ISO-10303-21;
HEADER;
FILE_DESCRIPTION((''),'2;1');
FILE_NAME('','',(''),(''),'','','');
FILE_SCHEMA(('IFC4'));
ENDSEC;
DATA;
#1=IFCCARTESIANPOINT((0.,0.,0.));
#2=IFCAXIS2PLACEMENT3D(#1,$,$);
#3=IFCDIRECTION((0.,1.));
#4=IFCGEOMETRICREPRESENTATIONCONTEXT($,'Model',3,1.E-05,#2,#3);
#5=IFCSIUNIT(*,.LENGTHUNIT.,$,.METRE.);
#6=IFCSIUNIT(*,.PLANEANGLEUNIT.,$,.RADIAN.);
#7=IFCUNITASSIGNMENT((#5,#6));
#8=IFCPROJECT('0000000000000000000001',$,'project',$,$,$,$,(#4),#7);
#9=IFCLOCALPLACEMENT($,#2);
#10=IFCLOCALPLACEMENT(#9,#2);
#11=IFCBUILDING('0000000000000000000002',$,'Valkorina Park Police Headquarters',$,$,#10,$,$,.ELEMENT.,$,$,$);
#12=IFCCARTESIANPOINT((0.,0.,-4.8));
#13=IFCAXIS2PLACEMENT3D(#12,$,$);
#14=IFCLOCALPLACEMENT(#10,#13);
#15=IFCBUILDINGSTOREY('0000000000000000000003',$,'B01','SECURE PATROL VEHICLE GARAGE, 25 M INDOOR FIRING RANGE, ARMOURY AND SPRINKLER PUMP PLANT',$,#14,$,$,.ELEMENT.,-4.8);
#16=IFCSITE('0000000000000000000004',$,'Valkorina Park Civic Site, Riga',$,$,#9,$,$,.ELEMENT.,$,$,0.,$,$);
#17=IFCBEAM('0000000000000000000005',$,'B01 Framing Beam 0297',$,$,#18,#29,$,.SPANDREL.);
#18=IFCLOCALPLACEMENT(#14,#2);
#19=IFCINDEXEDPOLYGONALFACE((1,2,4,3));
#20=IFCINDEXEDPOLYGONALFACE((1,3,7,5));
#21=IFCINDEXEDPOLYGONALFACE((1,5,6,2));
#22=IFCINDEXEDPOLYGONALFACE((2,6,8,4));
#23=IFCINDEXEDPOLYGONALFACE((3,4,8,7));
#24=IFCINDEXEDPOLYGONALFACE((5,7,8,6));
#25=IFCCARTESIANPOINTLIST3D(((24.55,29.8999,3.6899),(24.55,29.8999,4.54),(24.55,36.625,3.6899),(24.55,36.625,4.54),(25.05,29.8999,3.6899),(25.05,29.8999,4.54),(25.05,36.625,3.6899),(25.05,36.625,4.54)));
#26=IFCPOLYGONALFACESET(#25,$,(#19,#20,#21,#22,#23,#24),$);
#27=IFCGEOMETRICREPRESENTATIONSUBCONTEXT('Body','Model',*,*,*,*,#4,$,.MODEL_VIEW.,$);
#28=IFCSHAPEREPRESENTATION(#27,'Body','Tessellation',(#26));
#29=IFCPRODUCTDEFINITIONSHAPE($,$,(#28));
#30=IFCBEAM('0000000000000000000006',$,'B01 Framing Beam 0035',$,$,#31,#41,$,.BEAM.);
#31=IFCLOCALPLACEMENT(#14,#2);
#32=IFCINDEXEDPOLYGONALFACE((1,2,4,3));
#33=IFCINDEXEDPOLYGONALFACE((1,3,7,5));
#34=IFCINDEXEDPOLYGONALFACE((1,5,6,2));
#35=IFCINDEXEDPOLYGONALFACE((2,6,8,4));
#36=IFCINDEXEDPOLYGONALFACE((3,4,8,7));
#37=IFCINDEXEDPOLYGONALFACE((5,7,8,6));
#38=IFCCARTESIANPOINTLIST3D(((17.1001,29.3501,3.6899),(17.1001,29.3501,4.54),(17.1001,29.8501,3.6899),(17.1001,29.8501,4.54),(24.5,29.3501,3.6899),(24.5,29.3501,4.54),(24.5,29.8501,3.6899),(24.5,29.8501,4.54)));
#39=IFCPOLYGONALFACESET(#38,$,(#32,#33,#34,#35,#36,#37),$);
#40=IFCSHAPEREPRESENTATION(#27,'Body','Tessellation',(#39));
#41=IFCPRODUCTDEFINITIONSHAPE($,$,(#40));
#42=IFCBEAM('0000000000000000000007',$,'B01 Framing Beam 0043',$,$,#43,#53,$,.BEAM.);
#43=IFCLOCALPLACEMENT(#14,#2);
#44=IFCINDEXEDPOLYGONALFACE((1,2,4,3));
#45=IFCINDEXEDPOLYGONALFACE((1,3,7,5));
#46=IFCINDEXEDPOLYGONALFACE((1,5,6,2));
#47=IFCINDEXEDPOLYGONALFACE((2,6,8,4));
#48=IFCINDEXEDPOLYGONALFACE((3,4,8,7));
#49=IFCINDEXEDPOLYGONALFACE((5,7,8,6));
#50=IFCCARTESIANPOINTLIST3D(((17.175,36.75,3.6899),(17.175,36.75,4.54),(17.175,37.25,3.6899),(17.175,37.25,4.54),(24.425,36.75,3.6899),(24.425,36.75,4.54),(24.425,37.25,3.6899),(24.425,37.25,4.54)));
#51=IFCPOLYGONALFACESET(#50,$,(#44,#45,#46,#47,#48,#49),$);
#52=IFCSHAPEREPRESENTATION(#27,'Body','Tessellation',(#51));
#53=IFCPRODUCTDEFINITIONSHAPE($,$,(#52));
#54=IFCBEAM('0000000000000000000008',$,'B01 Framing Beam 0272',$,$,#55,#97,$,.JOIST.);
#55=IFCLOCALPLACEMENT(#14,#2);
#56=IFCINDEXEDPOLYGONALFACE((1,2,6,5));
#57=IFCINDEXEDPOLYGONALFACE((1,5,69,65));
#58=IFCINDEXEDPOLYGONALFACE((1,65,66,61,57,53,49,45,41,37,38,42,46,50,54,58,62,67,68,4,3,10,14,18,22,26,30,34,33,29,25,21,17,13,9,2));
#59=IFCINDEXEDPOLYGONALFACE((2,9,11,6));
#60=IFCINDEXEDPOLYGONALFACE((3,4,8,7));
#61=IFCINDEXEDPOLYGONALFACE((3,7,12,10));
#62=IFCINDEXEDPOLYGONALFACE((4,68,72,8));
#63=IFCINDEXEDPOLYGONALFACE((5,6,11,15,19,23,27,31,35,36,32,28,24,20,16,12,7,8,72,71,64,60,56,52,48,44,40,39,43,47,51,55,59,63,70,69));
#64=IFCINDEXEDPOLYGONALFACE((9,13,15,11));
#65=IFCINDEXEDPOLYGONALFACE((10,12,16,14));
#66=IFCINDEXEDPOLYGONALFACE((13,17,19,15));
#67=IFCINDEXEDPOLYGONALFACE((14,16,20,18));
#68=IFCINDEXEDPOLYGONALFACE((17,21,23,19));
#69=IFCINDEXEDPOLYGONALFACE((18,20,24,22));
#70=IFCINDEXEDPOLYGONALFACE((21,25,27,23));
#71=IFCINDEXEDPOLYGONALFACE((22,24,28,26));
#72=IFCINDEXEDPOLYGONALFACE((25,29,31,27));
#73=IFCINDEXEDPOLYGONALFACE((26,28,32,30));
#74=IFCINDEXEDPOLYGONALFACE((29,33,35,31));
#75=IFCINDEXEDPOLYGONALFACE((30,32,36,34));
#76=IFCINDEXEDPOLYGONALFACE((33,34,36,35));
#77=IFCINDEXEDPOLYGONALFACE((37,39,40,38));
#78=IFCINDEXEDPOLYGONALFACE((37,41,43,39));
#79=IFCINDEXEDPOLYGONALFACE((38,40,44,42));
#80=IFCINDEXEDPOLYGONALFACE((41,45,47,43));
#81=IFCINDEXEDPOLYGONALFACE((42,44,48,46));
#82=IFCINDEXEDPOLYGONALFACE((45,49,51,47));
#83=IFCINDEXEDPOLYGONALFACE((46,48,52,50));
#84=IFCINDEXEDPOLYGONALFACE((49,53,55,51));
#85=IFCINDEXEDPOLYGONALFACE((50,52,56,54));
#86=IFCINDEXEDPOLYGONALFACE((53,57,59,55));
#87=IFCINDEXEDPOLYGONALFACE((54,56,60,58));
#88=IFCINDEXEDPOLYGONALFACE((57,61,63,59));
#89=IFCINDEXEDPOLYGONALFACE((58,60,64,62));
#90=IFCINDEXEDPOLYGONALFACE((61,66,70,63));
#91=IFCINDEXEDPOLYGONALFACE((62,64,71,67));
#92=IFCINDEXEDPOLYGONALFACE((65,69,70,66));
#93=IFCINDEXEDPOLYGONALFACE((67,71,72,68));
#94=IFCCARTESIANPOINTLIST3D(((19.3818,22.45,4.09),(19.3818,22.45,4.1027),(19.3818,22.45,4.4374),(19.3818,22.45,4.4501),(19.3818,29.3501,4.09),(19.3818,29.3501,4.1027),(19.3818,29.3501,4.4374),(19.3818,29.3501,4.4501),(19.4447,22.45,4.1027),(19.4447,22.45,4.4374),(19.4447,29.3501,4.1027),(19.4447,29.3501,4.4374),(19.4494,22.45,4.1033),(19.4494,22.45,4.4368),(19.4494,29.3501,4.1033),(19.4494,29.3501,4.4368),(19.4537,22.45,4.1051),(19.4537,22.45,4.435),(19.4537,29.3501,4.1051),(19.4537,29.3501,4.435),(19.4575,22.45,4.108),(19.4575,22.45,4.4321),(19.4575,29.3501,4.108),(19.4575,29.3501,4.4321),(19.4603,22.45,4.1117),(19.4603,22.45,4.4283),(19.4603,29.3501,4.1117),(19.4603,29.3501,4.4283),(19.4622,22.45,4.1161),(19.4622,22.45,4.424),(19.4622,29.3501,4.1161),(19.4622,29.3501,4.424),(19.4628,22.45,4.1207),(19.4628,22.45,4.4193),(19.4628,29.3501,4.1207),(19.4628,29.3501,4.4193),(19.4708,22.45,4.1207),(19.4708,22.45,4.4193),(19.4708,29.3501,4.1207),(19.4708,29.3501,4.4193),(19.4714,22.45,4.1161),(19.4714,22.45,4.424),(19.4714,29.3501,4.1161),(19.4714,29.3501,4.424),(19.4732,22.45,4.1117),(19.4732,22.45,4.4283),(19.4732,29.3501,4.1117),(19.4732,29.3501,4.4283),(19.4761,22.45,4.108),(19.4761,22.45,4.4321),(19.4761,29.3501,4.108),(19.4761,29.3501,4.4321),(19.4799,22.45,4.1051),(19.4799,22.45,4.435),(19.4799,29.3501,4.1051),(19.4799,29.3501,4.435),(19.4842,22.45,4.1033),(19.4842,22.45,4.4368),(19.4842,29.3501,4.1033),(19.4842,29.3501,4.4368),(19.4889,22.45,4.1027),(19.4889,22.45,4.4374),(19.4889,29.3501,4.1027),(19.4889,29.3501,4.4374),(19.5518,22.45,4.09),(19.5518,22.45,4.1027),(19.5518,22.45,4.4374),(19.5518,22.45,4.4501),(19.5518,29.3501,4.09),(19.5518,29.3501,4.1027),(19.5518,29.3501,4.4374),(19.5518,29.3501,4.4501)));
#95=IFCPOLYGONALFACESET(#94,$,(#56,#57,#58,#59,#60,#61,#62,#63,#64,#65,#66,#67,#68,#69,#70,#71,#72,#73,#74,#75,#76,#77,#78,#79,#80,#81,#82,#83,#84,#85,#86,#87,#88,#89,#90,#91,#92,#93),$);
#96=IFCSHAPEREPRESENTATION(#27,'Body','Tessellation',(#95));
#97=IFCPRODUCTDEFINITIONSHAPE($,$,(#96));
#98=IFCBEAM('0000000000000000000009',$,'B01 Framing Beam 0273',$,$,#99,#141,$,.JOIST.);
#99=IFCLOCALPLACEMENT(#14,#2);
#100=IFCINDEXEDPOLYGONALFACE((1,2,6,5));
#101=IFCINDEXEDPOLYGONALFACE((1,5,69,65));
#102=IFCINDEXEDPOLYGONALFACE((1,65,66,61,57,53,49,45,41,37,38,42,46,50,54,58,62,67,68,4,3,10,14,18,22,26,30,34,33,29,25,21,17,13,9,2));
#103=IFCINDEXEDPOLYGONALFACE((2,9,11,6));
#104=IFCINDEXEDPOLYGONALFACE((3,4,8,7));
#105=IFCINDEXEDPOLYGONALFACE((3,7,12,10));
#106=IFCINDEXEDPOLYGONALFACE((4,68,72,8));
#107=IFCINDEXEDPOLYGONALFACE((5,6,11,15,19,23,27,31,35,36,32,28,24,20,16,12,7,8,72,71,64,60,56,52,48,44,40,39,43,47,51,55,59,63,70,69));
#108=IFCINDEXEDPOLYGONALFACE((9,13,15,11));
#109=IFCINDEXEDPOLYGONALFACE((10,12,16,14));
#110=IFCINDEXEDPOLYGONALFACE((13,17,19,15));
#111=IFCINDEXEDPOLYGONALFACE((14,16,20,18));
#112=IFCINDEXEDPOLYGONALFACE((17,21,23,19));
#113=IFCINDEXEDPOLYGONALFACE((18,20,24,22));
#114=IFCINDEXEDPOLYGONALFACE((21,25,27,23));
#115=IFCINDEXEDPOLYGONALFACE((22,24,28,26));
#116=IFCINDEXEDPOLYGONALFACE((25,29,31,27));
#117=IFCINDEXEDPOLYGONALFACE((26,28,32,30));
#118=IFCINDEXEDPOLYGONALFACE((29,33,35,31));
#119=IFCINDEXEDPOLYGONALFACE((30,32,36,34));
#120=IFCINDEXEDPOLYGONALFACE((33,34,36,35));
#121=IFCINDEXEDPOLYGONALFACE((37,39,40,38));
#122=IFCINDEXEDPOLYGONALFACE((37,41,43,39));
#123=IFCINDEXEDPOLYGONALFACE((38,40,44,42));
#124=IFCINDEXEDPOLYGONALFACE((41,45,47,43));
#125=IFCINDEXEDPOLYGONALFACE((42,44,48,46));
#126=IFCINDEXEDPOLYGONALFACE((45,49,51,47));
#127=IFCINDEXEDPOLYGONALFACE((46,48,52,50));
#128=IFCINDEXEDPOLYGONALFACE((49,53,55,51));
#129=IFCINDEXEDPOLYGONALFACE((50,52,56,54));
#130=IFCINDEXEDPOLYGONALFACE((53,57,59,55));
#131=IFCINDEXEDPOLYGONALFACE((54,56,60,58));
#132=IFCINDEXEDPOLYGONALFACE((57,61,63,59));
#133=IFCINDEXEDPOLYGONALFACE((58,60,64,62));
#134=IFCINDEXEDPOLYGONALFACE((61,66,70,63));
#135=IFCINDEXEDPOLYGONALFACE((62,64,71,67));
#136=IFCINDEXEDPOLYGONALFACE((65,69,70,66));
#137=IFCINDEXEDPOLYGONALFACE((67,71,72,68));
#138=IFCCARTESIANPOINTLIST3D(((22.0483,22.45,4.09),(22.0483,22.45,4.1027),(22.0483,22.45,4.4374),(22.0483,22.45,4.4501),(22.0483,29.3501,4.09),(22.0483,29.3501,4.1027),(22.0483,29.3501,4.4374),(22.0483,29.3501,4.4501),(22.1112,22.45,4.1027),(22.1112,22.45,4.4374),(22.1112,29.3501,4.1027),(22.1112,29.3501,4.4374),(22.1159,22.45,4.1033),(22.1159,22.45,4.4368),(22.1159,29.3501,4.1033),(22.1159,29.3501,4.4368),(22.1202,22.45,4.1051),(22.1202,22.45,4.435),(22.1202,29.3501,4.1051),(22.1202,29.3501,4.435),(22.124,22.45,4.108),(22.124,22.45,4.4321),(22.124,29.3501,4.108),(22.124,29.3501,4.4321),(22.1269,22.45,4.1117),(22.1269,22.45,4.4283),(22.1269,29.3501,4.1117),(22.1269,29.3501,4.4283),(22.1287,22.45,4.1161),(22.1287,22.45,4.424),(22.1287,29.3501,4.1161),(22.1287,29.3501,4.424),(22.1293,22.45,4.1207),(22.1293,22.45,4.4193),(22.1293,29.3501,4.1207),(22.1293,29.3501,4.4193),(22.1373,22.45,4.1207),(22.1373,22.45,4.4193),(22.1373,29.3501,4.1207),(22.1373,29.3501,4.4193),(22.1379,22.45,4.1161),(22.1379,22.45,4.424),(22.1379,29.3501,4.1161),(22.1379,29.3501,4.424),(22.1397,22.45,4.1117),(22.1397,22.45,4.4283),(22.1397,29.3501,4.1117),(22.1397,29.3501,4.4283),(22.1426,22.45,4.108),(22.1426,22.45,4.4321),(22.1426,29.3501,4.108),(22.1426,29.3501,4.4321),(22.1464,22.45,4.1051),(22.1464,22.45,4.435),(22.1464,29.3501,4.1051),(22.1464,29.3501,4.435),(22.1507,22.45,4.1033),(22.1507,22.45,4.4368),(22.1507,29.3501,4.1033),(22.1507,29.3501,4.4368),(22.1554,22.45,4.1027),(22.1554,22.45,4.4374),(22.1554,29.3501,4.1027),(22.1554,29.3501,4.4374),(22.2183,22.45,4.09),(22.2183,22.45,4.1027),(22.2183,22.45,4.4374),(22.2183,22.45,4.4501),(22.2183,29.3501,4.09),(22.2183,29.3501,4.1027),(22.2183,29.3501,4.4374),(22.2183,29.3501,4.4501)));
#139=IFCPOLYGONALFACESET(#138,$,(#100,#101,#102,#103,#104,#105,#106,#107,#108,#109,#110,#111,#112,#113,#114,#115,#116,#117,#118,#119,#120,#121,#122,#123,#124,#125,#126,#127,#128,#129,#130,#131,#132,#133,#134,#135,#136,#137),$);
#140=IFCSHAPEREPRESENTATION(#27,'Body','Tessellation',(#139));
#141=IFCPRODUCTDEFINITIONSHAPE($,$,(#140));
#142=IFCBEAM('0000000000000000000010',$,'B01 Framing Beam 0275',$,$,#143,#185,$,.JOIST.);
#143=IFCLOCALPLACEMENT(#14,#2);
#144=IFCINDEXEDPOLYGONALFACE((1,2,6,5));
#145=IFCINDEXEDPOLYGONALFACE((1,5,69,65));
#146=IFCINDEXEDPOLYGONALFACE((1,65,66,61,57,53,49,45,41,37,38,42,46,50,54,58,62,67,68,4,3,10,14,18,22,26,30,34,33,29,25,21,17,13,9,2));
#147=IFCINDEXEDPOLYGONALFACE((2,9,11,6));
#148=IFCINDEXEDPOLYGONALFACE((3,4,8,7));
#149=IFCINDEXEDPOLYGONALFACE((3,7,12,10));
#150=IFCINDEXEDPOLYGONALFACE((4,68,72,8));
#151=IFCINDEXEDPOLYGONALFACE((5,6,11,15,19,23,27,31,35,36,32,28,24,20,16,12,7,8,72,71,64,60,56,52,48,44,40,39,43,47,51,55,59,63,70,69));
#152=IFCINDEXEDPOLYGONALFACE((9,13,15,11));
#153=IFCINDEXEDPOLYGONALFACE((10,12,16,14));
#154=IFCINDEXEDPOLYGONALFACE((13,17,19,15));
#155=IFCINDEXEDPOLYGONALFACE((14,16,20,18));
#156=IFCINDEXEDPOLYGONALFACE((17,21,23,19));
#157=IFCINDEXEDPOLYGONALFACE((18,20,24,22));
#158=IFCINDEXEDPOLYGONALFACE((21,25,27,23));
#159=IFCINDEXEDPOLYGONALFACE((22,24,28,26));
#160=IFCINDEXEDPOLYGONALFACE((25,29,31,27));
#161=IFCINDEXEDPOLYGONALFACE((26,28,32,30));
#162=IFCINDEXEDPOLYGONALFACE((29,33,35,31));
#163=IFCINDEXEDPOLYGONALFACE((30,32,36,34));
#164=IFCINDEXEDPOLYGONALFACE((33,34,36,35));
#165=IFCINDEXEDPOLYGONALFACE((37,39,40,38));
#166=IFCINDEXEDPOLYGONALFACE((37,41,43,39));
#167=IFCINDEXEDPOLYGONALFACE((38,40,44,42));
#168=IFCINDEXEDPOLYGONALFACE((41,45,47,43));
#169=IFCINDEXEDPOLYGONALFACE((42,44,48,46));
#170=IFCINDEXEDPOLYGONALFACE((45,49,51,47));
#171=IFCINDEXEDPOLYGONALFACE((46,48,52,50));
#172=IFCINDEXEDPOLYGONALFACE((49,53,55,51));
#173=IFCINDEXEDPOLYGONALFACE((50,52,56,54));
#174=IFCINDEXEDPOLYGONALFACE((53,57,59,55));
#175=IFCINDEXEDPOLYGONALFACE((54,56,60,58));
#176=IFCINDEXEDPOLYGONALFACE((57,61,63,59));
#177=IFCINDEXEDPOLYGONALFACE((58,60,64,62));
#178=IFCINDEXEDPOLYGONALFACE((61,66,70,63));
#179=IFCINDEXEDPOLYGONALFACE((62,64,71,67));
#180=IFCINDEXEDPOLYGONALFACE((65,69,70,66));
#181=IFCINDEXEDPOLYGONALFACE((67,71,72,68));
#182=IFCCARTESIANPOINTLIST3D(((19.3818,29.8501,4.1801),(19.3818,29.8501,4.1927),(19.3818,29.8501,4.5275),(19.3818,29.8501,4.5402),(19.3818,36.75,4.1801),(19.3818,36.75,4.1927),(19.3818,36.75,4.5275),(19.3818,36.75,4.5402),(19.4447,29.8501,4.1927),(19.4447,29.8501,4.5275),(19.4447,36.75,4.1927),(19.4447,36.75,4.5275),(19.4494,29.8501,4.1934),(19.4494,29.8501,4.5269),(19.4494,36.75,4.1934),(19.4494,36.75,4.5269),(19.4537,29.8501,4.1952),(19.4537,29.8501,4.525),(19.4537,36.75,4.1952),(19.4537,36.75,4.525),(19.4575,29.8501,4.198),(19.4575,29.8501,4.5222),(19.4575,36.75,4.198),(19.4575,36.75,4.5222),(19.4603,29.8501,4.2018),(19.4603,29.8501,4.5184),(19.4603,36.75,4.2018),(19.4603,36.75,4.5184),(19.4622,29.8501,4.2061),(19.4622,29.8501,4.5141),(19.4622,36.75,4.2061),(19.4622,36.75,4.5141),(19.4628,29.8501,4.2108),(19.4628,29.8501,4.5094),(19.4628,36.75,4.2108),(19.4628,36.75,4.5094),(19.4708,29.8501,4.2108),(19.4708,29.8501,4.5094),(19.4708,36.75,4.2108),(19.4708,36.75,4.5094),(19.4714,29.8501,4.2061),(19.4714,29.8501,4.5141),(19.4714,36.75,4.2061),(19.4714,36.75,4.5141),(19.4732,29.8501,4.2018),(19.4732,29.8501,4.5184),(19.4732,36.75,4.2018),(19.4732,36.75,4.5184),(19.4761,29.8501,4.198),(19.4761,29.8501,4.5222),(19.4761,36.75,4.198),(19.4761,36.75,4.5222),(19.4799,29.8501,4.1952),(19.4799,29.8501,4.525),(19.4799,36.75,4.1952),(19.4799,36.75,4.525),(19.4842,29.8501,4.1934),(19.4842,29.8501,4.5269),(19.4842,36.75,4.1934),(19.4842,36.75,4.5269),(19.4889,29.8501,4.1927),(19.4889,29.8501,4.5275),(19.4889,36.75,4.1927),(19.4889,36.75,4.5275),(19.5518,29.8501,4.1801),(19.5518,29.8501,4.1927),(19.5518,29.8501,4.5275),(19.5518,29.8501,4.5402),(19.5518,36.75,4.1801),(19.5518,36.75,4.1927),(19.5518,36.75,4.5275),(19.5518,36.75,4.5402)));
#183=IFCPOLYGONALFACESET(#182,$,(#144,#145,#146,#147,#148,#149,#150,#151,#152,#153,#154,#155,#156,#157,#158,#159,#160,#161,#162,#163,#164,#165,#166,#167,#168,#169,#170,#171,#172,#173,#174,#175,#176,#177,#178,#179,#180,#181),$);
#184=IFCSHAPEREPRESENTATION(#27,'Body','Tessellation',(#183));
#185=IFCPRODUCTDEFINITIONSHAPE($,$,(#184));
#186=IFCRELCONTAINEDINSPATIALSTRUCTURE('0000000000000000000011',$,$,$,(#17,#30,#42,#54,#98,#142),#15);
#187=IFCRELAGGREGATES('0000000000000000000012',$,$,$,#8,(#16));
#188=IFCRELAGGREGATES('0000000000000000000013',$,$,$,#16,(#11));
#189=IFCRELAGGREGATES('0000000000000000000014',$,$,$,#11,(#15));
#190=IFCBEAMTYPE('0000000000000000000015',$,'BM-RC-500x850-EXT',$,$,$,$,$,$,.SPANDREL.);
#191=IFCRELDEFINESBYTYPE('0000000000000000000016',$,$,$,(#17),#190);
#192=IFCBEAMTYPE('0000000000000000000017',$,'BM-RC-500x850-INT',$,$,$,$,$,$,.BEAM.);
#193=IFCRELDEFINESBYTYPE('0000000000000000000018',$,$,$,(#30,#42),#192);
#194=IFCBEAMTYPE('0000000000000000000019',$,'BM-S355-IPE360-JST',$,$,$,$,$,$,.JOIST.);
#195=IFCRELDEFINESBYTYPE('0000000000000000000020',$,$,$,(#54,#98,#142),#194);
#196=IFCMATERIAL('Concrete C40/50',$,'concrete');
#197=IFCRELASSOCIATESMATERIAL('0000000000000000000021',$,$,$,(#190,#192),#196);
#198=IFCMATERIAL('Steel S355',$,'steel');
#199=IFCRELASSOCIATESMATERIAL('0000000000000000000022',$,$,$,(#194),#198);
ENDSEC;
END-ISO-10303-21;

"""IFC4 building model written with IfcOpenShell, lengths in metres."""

from ifc_helpers import new_model, si_unit, direction, frame, origin, origin_2d, place, context, subcontext, project, spatial, rectangle, i_section, extrude, material, material_profile, profile_set, type_object, element, save


model = new_model("IFC4")

# Units and contexts
model_context = context("Model", 3, precision=1e-05, world=origin(), true_north=direction((0.0, 1.0)))
body_context = subcontext(model_context, "Body", "Model", "MODEL_VIEW")
ifc_project = project(units=[si_unit("LENGTHUNIT", "METRE"), si_unit("PLANEANGLEUNIT", "RADIAN")], contexts=[model_context])

# Site, building, storey
site_placement = place(None, origin())
site = spatial("IfcSite", under=ifc_project, at=site_placement, Name="Valkorina Park Civic Site, Riga", CompositionType="ELEMENT", RefElevation=0.0)
building_placement = place(site_placement, origin())
building = spatial("IfcBuilding", under=site, at=building_placement, Name="Valkorina Park Police Headquarters", CompositionType="ELEMENT")
storey_placement = place(building_placement, frame((0.0, 0.0, -4.8)))
storey = spatial("IfcBuildingStorey", under=building, at=storey_placement, Name="B01", Description="SECURE PATROL VEHICLE GARAGE, 25 M INDOOR FIRING RANGE, ARMOURY AND SPRINKLER PUMP PLANT", CompositionType="ELEMENT", Elevation=-4.8)

# Shared definitions
ifc_material_1 = material(Name="Concrete C40/50", Category="concrete")

# Beams
ifc_material_profile_1 = material_profile(ifc_material_1, rectangle(XDim=0.5, YDim=0.8501, at=origin_2d()), Name="RC BEAM 500x850")
ifc_profile_set_1 = profile_set([ifc_material_profile_1], Name="Concrete C40/50")
beam_type_1 = type_object("IfcBeamType", Name="BM-RC-500x850-EXT", PredefinedType="SPANDREL", material=ifc_profile_set_1)
beam_1_placement = place(storey_placement, frame((24.8, 29.8999, 4.115), z_axis=(0.0, 1.0, 0.0), x_axis=(-1.0, 0.0, 0.0)))
element("IfcBeam", 1, at=beam_1_placement, inside=storey, type_object=beam_type_1, Name="B01 Framing Beam 0297", PredefinedType="SPANDREL", context=body_context, shape_type="SweptSolid", body=[
    extrude(rectangle(XDim=0.5, YDim=0.8501, at=origin_2d()), origin(), (0.0, 0.0, 1.0), 6.7251),
])
ifc_material_profile_2 = material_profile(ifc_material_1, rectangle(XDim=0.5, YDim=0.8501, at=origin_2d()), Name="RC BEAM 500x850")
ifc_profile_set_2 = profile_set([ifc_material_profile_2], Name="Concrete C40/50")
beam_type_2 = type_object("IfcBeamType", Name="BM-RC-500x850-INT", PredefinedType="BEAM", material=ifc_profile_set_2)
beam_2_placement = place(storey_placement, frame((17.1001, 29.6001, 4.115), z_axis=(1.0, 0.0, 0.0), x_axis=(0.0, 1.0, 0.0)))
element("IfcBeam", 2, at=beam_2_placement, inside=storey, type_object=beam_type_2, Name="B01 Framing Beam 0035", PredefinedType="BEAM", context=body_context, shape_type="SweptSolid", body=[
    extrude(rectangle(XDim=0.5, YDim=0.8501, at=origin_2d()), origin(), (0.0, 0.0, 1.0), 7.3999),
])
beam_3_placement = place(storey_placement, frame((17.175, 37.0, 4.115), z_axis=(1.0, 0.0, 0.0), x_axis=(0.0, 1.0, 0.0)))
element("IfcBeam", 3, at=beam_3_placement, inside=storey, type_object=beam_type_2, Name="B01 Framing Beam 0043", PredefinedType="BEAM", context=body_context, shape_type="SweptSolid", body=[
    extrude(rectangle(XDim=0.5, YDim=0.8501, at=origin_2d()), origin(), (0.0, 0.0, 1.0), 7.25),
])
ifc_material_2 = material(Name="Steel S355", Category="steel")
ifc_material_profile_3 = material_profile(ifc_material_2, i_section(OverallWidth=0.1699, OverallDepth=0.3601, WebThickness=0.0081, FlangeThickness=0.0127, FilletRadius=0.0181, at=origin_2d()), Name="IPE 360")
ifc_profile_set_3 = profile_set([ifc_material_profile_3], Name="Steel S355")
beam_type_3 = type_object("IfcBeamType", Name="BM-S355-IPE360-JST", PredefinedType="JOIST", material=ifc_profile_set_3)
for number, where, z_axis, x_axis, name in (
    (4, (19.4668, 22.45, 4.27), (0.0, 1.0, 0.0), (-1.0, 0.0, 0.0), "B01 Framing Beam 0272"),
    (5, (22.1333, 22.45, 4.27), (0.0, 1.0, 0.0), (-1.0, 0.0, 0.0), "B01 Framing Beam 0273"),
):
    element("IfcBeam", number, at=place(storey_placement, frame(where, z_axis=z_axis, x_axis=x_axis)), inside=storey, type_object=beam_type_3, Name=name, PredefinedType="JOIST", context=body_context, shape_type="SweptSolid", body=[
        extrude(i_section(OverallWidth=0.1699, OverallDepth=0.3601, WebThickness=0.0081, FlangeThickness=0.0127, FilletRadius=0.0181, at=origin_2d()), origin(), (0.0, 0.0, 1.0), 6.9001),
    ])
for number, where, z_axis, x_axis, name in (
    (6, (19.4668, 29.8501, 4.3601), (0.0, 1.0, 0.0), (-1.0, 0.0, 0.0), "B01 Framing Beam 0275"),
):
    element("IfcBeam", number, at=place(storey_placement, frame(where, z_axis=z_axis, x_axis=x_axis)), inside=storey, type_object=beam_type_3, Name=name, PredefinedType="JOIST", context=body_context, shape_type="SweptSolid", body=[
        extrude(i_section(OverallWidth=0.1699, OverallDepth=0.3601, WebThickness=0.0081, FlangeThickness=0.0127, FilletRadius=0.0181, at=origin_2d()), origin(), (0.0, 0.0, 1.0), 6.8999),
    ])

save(model, "model.ifc")
